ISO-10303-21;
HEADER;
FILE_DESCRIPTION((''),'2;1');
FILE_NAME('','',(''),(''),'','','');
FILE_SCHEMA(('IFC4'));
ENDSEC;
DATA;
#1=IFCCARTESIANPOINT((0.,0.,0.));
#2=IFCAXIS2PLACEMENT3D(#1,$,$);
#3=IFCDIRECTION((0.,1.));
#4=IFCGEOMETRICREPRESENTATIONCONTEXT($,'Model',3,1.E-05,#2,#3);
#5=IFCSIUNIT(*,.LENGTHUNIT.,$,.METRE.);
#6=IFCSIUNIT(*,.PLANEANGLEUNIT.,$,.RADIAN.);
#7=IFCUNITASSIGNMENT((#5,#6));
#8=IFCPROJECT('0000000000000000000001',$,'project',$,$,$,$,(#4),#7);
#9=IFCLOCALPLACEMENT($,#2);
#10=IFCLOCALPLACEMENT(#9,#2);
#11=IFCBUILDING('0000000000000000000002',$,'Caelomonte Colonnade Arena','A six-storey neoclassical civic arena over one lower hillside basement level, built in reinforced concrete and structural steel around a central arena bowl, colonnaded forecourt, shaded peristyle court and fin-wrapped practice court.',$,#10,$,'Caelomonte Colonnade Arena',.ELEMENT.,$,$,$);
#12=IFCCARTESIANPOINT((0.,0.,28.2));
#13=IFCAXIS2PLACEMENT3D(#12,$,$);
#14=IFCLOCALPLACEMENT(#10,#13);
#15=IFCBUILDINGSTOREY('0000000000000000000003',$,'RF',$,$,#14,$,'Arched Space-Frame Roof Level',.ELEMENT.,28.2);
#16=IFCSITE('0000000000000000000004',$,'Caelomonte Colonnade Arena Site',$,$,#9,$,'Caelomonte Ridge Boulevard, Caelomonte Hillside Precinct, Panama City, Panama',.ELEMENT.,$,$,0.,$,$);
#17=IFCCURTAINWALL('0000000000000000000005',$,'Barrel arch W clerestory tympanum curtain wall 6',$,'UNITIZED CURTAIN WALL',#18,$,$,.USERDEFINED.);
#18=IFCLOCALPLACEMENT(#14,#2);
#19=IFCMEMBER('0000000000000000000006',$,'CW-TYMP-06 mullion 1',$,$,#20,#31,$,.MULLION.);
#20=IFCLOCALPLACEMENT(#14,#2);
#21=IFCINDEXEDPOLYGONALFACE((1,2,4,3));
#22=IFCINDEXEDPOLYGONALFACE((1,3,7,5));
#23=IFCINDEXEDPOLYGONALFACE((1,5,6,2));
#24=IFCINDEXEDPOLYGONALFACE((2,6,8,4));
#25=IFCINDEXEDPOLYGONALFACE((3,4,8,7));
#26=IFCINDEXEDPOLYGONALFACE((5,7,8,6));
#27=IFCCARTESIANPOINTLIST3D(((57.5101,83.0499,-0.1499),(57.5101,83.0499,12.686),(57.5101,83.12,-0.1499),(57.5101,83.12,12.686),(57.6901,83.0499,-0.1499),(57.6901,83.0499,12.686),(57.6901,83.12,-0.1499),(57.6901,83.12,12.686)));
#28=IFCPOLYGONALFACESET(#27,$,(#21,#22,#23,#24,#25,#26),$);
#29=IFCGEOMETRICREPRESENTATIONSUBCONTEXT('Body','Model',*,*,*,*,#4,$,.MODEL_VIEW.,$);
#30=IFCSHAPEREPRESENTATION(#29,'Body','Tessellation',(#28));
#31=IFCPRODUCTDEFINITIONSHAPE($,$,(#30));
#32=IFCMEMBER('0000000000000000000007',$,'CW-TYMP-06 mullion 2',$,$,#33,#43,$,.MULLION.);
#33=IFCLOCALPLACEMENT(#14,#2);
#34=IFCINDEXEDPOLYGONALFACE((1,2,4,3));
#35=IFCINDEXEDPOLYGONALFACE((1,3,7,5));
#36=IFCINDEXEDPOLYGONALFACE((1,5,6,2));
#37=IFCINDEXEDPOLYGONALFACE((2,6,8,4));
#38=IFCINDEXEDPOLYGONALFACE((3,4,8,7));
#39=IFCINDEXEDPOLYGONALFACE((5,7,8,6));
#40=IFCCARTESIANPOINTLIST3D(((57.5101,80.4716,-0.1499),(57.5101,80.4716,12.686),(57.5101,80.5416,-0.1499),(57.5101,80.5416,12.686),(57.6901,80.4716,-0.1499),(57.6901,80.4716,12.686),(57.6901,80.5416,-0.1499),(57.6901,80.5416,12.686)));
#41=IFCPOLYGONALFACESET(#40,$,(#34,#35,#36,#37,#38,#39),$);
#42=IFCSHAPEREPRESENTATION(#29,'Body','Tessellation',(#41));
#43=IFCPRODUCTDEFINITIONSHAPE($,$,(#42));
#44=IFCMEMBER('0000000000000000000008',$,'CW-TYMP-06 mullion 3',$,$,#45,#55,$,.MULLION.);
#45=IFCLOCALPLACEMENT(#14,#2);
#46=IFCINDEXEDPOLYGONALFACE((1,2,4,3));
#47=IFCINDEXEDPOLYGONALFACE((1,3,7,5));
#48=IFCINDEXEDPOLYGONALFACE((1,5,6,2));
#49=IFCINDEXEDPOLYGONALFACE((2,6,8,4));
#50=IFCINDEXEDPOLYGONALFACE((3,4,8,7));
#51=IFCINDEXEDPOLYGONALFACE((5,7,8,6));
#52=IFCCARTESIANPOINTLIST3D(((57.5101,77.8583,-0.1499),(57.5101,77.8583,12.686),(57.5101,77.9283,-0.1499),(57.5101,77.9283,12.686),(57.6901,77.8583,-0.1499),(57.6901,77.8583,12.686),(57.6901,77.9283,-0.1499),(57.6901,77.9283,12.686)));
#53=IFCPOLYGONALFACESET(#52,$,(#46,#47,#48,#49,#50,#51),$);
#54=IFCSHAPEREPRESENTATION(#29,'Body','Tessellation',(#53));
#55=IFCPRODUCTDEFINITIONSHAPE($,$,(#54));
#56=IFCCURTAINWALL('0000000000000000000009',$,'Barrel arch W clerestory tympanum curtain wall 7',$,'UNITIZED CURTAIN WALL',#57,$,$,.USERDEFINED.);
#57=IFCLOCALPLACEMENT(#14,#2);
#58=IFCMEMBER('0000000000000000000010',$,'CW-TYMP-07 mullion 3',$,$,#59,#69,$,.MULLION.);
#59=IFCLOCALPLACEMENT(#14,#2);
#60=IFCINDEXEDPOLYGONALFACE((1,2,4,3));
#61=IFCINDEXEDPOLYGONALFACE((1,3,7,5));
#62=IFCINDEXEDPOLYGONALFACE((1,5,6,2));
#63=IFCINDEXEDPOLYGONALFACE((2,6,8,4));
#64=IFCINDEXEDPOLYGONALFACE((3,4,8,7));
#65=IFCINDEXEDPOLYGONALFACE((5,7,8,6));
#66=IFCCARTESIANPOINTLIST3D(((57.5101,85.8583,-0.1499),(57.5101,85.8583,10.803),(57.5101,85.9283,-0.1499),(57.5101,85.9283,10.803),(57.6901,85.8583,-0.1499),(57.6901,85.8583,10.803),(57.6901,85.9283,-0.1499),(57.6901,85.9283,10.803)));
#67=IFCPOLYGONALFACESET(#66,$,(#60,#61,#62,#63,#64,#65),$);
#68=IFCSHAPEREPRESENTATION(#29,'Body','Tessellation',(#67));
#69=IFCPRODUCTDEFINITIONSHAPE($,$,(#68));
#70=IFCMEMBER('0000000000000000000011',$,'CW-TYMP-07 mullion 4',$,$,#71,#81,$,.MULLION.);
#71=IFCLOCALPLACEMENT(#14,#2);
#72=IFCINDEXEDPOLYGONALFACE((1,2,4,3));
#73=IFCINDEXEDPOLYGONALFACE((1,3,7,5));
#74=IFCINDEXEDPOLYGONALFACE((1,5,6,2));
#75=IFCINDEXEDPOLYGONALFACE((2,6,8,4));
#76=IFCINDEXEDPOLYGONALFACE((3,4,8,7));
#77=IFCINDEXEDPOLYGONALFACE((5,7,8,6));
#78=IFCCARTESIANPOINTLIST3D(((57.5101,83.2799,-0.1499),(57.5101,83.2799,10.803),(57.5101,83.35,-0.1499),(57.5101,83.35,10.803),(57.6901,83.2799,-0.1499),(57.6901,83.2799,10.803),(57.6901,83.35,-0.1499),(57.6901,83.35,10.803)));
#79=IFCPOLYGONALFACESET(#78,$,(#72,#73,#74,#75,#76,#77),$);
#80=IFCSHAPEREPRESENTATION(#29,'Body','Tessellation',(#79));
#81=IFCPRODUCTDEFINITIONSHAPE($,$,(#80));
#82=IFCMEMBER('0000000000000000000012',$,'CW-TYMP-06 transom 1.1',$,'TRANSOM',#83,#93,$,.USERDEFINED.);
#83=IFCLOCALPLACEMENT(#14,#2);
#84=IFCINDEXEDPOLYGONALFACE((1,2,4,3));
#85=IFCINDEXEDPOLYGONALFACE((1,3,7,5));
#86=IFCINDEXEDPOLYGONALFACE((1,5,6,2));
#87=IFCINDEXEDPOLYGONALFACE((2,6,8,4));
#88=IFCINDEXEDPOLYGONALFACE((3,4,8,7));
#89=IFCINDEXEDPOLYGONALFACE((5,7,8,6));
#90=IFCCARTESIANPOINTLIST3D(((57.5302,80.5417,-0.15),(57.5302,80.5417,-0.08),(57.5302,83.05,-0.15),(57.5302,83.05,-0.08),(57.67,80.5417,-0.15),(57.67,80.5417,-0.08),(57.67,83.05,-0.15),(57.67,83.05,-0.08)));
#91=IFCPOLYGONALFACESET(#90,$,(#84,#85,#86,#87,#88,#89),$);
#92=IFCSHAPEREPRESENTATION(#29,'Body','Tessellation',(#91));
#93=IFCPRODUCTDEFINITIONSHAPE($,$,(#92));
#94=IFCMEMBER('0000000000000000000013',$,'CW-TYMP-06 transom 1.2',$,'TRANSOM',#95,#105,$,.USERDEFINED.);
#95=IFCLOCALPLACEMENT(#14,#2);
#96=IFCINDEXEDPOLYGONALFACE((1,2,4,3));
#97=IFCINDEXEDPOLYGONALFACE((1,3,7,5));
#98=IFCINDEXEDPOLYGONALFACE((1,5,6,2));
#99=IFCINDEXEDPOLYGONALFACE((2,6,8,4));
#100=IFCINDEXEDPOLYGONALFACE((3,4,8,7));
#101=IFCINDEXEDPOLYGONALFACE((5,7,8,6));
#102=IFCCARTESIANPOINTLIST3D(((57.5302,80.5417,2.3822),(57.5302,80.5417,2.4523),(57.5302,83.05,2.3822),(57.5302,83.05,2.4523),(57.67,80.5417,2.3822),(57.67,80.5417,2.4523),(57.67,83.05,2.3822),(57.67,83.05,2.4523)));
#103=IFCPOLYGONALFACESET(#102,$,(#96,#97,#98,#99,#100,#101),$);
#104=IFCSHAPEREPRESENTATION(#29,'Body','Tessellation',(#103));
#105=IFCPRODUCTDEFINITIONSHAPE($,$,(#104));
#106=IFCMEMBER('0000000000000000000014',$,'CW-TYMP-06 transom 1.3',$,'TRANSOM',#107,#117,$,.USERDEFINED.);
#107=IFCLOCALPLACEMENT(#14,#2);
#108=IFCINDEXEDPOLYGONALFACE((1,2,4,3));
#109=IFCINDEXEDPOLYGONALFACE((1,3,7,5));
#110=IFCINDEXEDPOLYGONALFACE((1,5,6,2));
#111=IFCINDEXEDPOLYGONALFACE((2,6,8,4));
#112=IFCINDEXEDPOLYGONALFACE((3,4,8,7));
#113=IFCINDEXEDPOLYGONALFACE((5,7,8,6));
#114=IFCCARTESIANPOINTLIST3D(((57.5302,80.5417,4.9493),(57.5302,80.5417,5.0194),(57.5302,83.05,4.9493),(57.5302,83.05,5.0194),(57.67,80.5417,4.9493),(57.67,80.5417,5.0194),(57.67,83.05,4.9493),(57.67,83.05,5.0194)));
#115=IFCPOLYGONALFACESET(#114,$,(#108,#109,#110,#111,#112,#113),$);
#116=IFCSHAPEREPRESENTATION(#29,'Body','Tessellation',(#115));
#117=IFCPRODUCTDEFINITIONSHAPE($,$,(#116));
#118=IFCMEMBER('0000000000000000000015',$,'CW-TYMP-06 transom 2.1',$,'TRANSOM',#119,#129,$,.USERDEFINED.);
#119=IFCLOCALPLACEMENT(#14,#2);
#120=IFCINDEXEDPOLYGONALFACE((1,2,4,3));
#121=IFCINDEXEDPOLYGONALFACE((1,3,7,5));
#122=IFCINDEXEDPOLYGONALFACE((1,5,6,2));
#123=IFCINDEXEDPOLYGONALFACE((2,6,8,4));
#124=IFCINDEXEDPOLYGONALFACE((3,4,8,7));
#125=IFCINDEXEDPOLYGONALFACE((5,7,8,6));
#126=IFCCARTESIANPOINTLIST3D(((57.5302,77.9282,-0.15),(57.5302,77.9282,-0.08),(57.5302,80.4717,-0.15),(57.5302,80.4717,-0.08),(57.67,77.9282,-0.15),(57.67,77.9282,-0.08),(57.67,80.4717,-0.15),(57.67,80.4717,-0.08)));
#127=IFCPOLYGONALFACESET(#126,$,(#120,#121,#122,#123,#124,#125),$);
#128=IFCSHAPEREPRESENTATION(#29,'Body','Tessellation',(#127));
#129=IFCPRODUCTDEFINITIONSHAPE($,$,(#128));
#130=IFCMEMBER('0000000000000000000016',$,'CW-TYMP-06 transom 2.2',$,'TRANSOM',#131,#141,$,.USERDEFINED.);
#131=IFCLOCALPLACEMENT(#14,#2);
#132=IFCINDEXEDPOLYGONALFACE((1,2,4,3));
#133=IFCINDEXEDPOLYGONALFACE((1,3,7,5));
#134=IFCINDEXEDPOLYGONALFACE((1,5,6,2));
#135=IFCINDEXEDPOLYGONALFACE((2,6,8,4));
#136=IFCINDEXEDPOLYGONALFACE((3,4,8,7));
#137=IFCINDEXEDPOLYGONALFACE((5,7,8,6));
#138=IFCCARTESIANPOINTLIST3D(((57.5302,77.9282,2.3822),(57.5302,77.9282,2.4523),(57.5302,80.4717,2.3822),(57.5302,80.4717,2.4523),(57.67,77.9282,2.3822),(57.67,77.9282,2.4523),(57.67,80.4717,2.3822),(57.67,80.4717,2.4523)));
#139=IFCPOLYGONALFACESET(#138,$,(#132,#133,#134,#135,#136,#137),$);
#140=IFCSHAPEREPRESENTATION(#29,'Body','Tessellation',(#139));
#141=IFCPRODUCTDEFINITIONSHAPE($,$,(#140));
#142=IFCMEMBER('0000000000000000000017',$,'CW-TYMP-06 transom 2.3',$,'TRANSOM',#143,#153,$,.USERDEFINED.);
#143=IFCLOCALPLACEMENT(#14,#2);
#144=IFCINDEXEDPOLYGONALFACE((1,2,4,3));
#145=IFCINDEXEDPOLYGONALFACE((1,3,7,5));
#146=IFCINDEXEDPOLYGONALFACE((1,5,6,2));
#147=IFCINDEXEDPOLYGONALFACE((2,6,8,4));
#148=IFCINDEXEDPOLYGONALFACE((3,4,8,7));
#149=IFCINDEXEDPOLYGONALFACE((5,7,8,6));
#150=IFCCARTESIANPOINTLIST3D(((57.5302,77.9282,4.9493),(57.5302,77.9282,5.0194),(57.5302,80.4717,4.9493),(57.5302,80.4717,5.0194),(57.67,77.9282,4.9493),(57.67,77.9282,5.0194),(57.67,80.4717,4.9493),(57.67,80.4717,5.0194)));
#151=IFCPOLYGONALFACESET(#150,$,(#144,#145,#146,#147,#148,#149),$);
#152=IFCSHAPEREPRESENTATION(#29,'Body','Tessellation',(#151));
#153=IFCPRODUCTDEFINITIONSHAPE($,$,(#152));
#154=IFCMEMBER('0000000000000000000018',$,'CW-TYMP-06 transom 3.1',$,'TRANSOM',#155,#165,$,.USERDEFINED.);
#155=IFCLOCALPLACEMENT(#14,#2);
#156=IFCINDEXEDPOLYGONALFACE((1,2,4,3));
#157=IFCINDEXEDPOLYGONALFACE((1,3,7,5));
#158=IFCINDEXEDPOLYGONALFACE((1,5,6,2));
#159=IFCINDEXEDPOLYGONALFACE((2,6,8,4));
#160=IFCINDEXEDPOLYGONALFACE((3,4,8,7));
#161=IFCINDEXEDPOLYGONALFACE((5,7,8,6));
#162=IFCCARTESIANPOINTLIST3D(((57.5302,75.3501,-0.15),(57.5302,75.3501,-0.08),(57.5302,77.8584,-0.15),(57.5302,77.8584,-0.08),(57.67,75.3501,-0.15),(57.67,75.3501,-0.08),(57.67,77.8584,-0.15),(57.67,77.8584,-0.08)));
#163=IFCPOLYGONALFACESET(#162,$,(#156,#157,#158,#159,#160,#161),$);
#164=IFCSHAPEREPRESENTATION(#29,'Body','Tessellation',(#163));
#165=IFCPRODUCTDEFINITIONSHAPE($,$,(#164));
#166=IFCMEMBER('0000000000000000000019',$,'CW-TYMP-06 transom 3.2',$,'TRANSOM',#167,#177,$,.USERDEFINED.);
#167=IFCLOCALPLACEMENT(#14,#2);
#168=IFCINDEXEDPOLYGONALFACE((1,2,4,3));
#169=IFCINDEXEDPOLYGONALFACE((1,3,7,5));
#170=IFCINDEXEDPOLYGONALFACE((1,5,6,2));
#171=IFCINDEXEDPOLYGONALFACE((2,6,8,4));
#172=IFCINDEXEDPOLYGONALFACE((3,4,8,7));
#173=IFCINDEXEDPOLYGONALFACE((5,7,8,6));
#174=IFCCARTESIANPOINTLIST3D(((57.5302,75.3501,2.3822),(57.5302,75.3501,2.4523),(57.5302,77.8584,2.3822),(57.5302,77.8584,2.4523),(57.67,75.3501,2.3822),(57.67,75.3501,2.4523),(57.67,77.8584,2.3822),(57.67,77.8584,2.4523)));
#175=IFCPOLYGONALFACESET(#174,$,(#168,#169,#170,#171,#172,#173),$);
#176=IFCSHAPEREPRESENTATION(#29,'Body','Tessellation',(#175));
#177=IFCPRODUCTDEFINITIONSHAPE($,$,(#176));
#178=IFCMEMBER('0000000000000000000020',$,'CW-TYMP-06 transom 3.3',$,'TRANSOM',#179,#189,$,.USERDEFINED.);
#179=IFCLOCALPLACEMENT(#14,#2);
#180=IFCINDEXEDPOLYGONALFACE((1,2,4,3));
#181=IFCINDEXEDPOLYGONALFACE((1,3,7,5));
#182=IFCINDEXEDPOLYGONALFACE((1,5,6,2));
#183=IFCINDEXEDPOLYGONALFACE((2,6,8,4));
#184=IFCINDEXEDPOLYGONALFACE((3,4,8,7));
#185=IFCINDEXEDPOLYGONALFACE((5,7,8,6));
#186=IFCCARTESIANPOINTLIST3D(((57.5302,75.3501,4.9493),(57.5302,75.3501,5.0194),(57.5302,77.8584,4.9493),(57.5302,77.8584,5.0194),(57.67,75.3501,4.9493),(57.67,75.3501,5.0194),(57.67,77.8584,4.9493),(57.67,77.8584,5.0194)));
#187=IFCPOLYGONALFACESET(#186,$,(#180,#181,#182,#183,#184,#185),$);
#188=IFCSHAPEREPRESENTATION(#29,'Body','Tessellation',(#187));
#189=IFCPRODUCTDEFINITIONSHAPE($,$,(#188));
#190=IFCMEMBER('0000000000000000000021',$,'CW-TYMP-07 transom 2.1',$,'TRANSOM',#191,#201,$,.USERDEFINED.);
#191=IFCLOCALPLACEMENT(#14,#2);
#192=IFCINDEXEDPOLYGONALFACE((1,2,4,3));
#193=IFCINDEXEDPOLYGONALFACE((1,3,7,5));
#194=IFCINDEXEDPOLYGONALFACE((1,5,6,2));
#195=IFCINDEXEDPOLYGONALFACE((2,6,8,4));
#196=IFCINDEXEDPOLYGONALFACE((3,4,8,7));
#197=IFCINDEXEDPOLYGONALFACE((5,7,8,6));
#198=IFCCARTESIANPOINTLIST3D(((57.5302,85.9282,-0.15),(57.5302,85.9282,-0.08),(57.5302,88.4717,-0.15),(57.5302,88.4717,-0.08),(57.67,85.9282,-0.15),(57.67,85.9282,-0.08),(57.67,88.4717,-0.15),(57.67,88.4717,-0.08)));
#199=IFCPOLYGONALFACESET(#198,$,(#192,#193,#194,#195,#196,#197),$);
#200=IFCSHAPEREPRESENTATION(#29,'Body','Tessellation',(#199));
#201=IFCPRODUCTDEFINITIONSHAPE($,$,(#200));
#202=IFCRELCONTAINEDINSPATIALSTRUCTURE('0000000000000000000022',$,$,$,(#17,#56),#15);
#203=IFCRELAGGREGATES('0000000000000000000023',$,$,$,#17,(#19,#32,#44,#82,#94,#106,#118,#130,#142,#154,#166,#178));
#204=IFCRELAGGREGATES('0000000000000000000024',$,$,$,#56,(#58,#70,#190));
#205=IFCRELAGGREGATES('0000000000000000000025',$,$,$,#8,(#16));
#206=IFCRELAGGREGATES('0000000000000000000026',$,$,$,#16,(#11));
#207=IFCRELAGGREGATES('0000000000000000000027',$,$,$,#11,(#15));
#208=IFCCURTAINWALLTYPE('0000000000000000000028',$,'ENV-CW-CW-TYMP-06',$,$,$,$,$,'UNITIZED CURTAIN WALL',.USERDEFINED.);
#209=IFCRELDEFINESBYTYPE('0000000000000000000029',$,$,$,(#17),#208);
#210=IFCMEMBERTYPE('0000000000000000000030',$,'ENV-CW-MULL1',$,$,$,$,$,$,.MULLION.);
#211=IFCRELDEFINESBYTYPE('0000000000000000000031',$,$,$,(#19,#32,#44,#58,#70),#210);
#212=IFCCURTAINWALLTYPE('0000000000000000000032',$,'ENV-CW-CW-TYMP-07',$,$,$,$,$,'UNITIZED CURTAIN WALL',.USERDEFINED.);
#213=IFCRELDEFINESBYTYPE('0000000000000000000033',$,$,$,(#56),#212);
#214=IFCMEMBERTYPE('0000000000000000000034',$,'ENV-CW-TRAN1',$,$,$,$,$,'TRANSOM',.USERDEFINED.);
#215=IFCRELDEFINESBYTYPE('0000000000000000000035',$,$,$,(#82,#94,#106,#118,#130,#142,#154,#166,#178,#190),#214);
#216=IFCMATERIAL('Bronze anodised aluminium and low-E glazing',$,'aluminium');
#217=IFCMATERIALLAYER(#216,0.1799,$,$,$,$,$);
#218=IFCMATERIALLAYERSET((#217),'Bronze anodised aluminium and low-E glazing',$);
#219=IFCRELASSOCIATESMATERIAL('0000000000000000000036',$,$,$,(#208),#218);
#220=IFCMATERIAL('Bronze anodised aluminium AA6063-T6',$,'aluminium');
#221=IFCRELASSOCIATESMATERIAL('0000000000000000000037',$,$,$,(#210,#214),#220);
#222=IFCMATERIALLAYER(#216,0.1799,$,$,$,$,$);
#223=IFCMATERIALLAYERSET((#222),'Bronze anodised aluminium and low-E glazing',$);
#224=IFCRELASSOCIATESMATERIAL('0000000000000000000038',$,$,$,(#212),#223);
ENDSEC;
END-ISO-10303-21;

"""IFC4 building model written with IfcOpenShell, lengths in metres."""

from ifc_helpers import new_model, si_unit, direction, frame, origin, origin_2d, place, context, subcontext, project, spatial, rectangle, extrude, material, layer, layer_set, material_profile, profile_set, type_object, element, aggregate, save


model = new_model("IFC4")

# Units and contexts
model_context = context("Model", 3, precision=1e-05, world=origin(), true_north=direction((0.0, 1.0)))
body_context = subcontext(model_context, "Body", "Model", "MODEL_VIEW")
ifc_project = project(units=[si_unit("LENGTHUNIT", "METRE"), si_unit("PLANEANGLEUNIT", "RADIAN")], contexts=[model_context])

# Site, building, storey
site_placement = place(None, origin())
site = spatial("IfcSite", under=ifc_project, at=site_placement, Name="Caelomonte Colonnade Arena Site", LongName="Caelomonte Ridge Boulevard, Caelomonte Hillside Precinct, Panama City, Panama", CompositionType="ELEMENT", RefElevation=0.0)
building_placement = place(site_placement, origin())
building = spatial("IfcBuilding", under=site, at=building_placement, Name="Caelomonte Colonnade Arena", Description="A six-storey neoclassical civic arena over one lower hillside basement level, built in reinforced concrete and structural steel around a central arena bowl, colonnaded forecourt, shaded peristyle court and fin-wrapped practice court.", LongName="Caelomonte Colonnade Arena", CompositionType="ELEMENT")
storey_placement = place(building_placement, frame((0.0, 0.0, 28.2)))
storey = spatial("IfcBuildingStorey", under=building, at=storey_placement, Name="RF", LongName="Arched Space-Frame Roof Level", CompositionType="ELEMENT", Elevation=28.2)

# Curtain walls, members
ifc_material_1 = material(Name="Bronze anodised aluminium and low-E glazing", Category="aluminium")
ifc_layer_1 = layer(ifc_material_1, 0.1799)
ifc_layer_set_1 = layer_set([ifc_layer_1], Name="Bronze anodised aluminium and low-E glazing")
curtain_wall_type_1 = type_object("IfcCurtainWallType", Name="ENV-CW-CW-TYMP-06", ElementType="UNITIZED CURTAIN WALL", PredefinedType="USERDEFINED", material=ifc_layer_set_1)
curtain_wall_1_placement = place(storey_placement, origin())
curtain_wall_1 = element("IfcCurtainWall", 1, at=curtain_wall_1_placement, inside=storey, type_object=curtain_wall_type_1, Name="Barrel arch W clerestory tympanum curtain wall 6", ObjectType="UNITIZED CURTAIN WALL", PredefinedType="USERDEFINED")
ifc_material_2 = material(Name="Bronze anodised aluminium AA6063-T6", Category="aluminium")
ifc_material_profile_1 = material_profile(ifc_material_2, rectangle(XDim=0.0701, YDim=0.1799, at=origin_2d()), Name="CWM-70X180")
ifc_profile_set_1 = profile_set([ifc_material_profile_1], Name="Bronze anodised aluminium AA6063-T6")
member_type_1 = type_object("IfcMemberType", Name="ENV-CW-MULL1", PredefinedType="MULLION", material=ifc_profile_set_1)
member_1_placement = place(storey_placement, frame((57.6001, 83.085, -0.1499), z_axis=(0.0, 0.0, 1.0), x_axis=(0.0, -1.0, 0.0)))
member_1 = element("IfcMember", 2, at=member_1_placement, type_object=member_type_1, Name="CW-TYMP-06 mullion 1", PredefinedType="MULLION", context=body_context, shape_type="SweptSolid", body=[
    extrude(rectangle(XDim=0.0701, YDim=0.1799, at=origin_2d()), origin(), (0.0, 0.0, 1.0), 12.8359),
])
member_2_placement = place(storey_placement, frame((57.6001, 80.5066, -0.1499), z_axis=(0.0, 0.0, 1.0), x_axis=(0.0, -1.0, 0.0)))
member_2 = element("IfcMember", 3, at=member_2_placement, type_object=member_type_1, Name="CW-TYMP-06 mullion 2", PredefinedType="MULLION", context=body_context, shape_type="SweptSolid", body=[
    extrude(rectangle(XDim=0.0701, YDim=0.1799, at=origin_2d()), origin(), (0.0, 0.0, 1.0), 12.8359),
])
member_3_placement = place(storey_placement, frame((57.6001, 77.8933, -0.1499), z_axis=(0.0, 0.0, 1.0), x_axis=(0.0, -1.0, 0.0)))
member_3 = element("IfcMember", 4, at=member_3_placement, type_object=member_type_1, Name="CW-TYMP-06 mullion 3", PredefinedType="MULLION", context=body_context, shape_type="SweptSolid", body=[
    extrude(rectangle(XDim=0.0701, YDim=0.1799, at=origin_2d()), origin(), (0.0, 0.0, 1.0), 12.8359),
])
ifc_layer_2 = layer(ifc_material_1, 0.1799)
ifc_layer_set_2 = layer_set([ifc_layer_2], Name="Bronze anodised aluminium and low-E glazing")
curtain_wall_type_2 = type_object("IfcCurtainWallType", Name="ENV-CW-CW-TYMP-07", ElementType="UNITIZED CURTAIN WALL", PredefinedType="USERDEFINED", material=ifc_layer_set_2)
curtain_wall_2_placement = place(storey_placement, origin())
curtain_wall_2 = element("IfcCurtainWall", 5, at=curtain_wall_2_placement, inside=storey, type_object=curtain_wall_type_2, Name="Barrel arch W clerestory tympanum curtain wall 7", ObjectType="UNITIZED CURTAIN WALL", PredefinedType="USERDEFINED")
member_4_placement = place(storey_placement, frame((57.6001, 85.8933, -0.1499), z_axis=(0.0, 0.0, 1.0), x_axis=(0.0, -1.0, 0.0)))
member_4 = element("IfcMember", 6, at=member_4_placement, type_object=member_type_1, Name="CW-TYMP-07 mullion 3", PredefinedType="MULLION", context=body_context, shape_type="SweptSolid", body=[
    extrude(rectangle(XDim=0.0701, YDim=0.1799, at=origin_2d()), origin(), (0.0, 0.0, 1.0), 10.9529),
])
member_5_placement = place(storey_placement, frame((57.6001, 83.3149, -0.1499), z_axis=(0.0, 0.0, 1.0), x_axis=(0.0, -1.0, 0.0)))
member_5 = element("IfcMember", 7, at=member_5_placement, type_object=member_type_1, Name="CW-TYMP-07 mullion 4", PredefinedType="MULLION", context=body_context, shape_type="SweptSolid", body=[
    extrude(rectangle(XDim=0.0701, YDim=0.1799, at=origin_2d()), origin(), (0.0, 0.0, 1.0), 10.9529),
])

# Members
ifc_material_profile_2 = material_profile(ifc_material_2, rectangle(XDim=0.0701, YDim=0.1399, at=origin_2d()), Name="CWT-70X140")
ifc_profile_set_2 = profile_set([ifc_material_profile_2], Name="Bronze anodised aluminium AA6063-T6")
member_type_2 = type_object("IfcMemberType", Name="ENV-CW-TRAN1", ElementType="TRANSOM", PredefinedType="USERDEFINED", material=ifc_profile_set_2)
member_6_placement = place(storey_placement, frame((57.6001, 83.05, -0.115), z_axis=(0.0, -1.0, 0.0), x_axis=(0.0, 0.0, 1.0)))
member_6 = element("IfcMember", 8, at=member_6_placement, type_object=member_type_2, Name="CW-TYMP-06 transom 1.1", ObjectType="TRANSOM", PredefinedType="USERDEFINED", context=body_context, shape_type="SweptSolid", body=[
    extrude(rectangle(XDim=0.0701, YDim=0.1399, at=origin_2d()), origin(), (0.0, 0.0, 1.0), 2.5083),
])
member_7_placement = place(storey_placement, frame((57.6001, 83.05, 2.4172), z_axis=(0.0, -1.0, 0.0), x_axis=(0.0, 0.0, 1.0)))
member_7 = element("IfcMember", 9, at=member_7_placement, type_object=member_type_2, Name="CW-TYMP-06 transom 1.2", ObjectType="TRANSOM", PredefinedType="USERDEFINED", context=body_context, shape_type="SweptSolid", body=[
    extrude(rectangle(XDim=0.0701, YDim=0.1399, at=origin_2d()), origin(), (0.0, 0.0, 1.0), 2.5083),
])
member_8_placement = place(storey_placement, frame((57.6001, 83.05, 4.9844), z_axis=(0.0, -1.0, 0.0), x_axis=(0.0, 0.0, 1.0)))
member_8 = element("IfcMember", 10, at=member_8_placement, type_object=member_type_2, Name="CW-TYMP-06 transom 1.3", ObjectType="TRANSOM", PredefinedType="USERDEFINED", context=body_context, shape_type="SweptSolid", body=[
    extrude(rectangle(XDim=0.0701, YDim=0.1399, at=origin_2d()), origin(), (0.0, 0.0, 1.0), 2.5083),
])
member_9_placement = place(storey_placement, frame((57.6001, 80.4717, -0.115), z_axis=(0.0, -1.0, 0.0), x_axis=(0.0, 0.0, 1.0)))
member_9 = element("IfcMember", 11, at=member_9_placement, type_object=member_type_2, Name="CW-TYMP-06 transom 2.1", ObjectType="TRANSOM", PredefinedType="USERDEFINED", context=body_context, shape_type="SweptSolid", body=[
    extrude(rectangle(XDim=0.0701, YDim=0.1399, at=origin_2d()), origin(), (0.0, 0.0, 1.0), 2.5435),
])
member_10_placement = place(storey_placement, frame((57.6001, 80.4717, 2.4172), z_axis=(0.0, -1.0, 0.0), x_axis=(0.0, 0.0, 1.0)))
member_10 = element("IfcMember", 12, at=member_10_placement, type_object=member_type_2, Name="CW-TYMP-06 transom 2.2", ObjectType="TRANSOM", PredefinedType="USERDEFINED", context=body_context, shape_type="SweptSolid", body=[
    extrude(rectangle(XDim=0.0701, YDim=0.1399, at=origin_2d()), origin(), (0.0, 0.0, 1.0), 2.5435),
])
member_11_placement = place(storey_placement, frame((57.6001, 80.4717, 4.9844), z_axis=(0.0, -1.0, 0.0), x_axis=(0.0, 0.0, 1.0)))
member_11 = element("IfcMember", 13, at=member_11_placement, type_object=member_type_2, Name="CW-TYMP-06 transom 2.3", ObjectType="TRANSOM", PredefinedType="USERDEFINED", context=body_context, shape_type="SweptSolid", body=[
    extrude(rectangle(XDim=0.0701, YDim=0.1399, at=origin_2d()), origin(), (0.0, 0.0, 1.0), 2.5435),
])
member_12_placement = place(storey_placement, frame((57.6001, 77.8584, -0.115), z_axis=(0.0, -1.0, 0.0), x_axis=(0.0, 0.0, 1.0)))
member_12 = element("IfcMember", 14, at=member_12_placement, type_object=member_type_2, Name="CW-TYMP-06 transom 3.1", ObjectType="TRANSOM", PredefinedType="USERDEFINED", context=body_context, shape_type="SweptSolid", body=[
    extrude(rectangle(XDim=0.0701, YDim=0.1399, at=origin_2d()), origin(), (0.0, 0.0, 1.0), 2.5083),
])
member_13_placement = place(storey_placement, frame((57.6001, 77.8584, 2.4172), z_axis=(0.0, -1.0, 0.0), x_axis=(0.0, 0.0, 1.0)))
member_13 = element("IfcMember", 15, at=member_13_placement, type_object=member_type_2, Name="CW-TYMP-06 transom 3.2", ObjectType="TRANSOM", PredefinedType="USERDEFINED", context=body_context, shape_type="SweptSolid", body=[
    extrude(rectangle(XDim=0.0701, YDim=0.1399, at=origin_2d()), origin(), (0.0, 0.0, 1.0), 2.5083),
])
member_14_placement = place(storey_placement, frame((57.6001, 77.8584, 4.9844), z_axis=(0.0, -1.0, 0.0), x_axis=(0.0, 0.0, 1.0)))
member_14 = element("IfcMember", 16, at=member_14_placement, type_object=member_type_2, Name="CW-TYMP-06 transom 3.3", ObjectType="TRANSOM", PredefinedType="USERDEFINED", context=body_context, shape_type="SweptSolid", body=[
    extrude(rectangle(XDim=0.0701, YDim=0.1399, at=origin_2d()), origin(), (0.0, 0.0, 1.0), 2.5083),
])
member_15_placement = place(storey_placement, frame((57.6001, 88.4717, -0.115), z_axis=(0.0, -1.0, 0.0), x_axis=(0.0, 0.0, 1.0)))
member_15 = element("IfcMember", 17, at=member_15_placement, type_object=member_type_2, Name="CW-TYMP-07 transom 2.1", ObjectType="TRANSOM", PredefinedType="USERDEFINED", context=body_context, shape_type="SweptSolid", body=[
    extrude(rectangle(XDim=0.0701, YDim=0.1399, at=origin_2d()), origin(), (0.0, 0.0, 1.0), 2.5435),
])

aggregate(curtain_wall_1, [member_1, member_2, member_3, member_6, member_7, member_8, member_9, member_10, member_11, member_12, member_13, member_14])
aggregate(curtain_wall_2, [member_4, member_5, member_15])

save(model, "model.ifc")
